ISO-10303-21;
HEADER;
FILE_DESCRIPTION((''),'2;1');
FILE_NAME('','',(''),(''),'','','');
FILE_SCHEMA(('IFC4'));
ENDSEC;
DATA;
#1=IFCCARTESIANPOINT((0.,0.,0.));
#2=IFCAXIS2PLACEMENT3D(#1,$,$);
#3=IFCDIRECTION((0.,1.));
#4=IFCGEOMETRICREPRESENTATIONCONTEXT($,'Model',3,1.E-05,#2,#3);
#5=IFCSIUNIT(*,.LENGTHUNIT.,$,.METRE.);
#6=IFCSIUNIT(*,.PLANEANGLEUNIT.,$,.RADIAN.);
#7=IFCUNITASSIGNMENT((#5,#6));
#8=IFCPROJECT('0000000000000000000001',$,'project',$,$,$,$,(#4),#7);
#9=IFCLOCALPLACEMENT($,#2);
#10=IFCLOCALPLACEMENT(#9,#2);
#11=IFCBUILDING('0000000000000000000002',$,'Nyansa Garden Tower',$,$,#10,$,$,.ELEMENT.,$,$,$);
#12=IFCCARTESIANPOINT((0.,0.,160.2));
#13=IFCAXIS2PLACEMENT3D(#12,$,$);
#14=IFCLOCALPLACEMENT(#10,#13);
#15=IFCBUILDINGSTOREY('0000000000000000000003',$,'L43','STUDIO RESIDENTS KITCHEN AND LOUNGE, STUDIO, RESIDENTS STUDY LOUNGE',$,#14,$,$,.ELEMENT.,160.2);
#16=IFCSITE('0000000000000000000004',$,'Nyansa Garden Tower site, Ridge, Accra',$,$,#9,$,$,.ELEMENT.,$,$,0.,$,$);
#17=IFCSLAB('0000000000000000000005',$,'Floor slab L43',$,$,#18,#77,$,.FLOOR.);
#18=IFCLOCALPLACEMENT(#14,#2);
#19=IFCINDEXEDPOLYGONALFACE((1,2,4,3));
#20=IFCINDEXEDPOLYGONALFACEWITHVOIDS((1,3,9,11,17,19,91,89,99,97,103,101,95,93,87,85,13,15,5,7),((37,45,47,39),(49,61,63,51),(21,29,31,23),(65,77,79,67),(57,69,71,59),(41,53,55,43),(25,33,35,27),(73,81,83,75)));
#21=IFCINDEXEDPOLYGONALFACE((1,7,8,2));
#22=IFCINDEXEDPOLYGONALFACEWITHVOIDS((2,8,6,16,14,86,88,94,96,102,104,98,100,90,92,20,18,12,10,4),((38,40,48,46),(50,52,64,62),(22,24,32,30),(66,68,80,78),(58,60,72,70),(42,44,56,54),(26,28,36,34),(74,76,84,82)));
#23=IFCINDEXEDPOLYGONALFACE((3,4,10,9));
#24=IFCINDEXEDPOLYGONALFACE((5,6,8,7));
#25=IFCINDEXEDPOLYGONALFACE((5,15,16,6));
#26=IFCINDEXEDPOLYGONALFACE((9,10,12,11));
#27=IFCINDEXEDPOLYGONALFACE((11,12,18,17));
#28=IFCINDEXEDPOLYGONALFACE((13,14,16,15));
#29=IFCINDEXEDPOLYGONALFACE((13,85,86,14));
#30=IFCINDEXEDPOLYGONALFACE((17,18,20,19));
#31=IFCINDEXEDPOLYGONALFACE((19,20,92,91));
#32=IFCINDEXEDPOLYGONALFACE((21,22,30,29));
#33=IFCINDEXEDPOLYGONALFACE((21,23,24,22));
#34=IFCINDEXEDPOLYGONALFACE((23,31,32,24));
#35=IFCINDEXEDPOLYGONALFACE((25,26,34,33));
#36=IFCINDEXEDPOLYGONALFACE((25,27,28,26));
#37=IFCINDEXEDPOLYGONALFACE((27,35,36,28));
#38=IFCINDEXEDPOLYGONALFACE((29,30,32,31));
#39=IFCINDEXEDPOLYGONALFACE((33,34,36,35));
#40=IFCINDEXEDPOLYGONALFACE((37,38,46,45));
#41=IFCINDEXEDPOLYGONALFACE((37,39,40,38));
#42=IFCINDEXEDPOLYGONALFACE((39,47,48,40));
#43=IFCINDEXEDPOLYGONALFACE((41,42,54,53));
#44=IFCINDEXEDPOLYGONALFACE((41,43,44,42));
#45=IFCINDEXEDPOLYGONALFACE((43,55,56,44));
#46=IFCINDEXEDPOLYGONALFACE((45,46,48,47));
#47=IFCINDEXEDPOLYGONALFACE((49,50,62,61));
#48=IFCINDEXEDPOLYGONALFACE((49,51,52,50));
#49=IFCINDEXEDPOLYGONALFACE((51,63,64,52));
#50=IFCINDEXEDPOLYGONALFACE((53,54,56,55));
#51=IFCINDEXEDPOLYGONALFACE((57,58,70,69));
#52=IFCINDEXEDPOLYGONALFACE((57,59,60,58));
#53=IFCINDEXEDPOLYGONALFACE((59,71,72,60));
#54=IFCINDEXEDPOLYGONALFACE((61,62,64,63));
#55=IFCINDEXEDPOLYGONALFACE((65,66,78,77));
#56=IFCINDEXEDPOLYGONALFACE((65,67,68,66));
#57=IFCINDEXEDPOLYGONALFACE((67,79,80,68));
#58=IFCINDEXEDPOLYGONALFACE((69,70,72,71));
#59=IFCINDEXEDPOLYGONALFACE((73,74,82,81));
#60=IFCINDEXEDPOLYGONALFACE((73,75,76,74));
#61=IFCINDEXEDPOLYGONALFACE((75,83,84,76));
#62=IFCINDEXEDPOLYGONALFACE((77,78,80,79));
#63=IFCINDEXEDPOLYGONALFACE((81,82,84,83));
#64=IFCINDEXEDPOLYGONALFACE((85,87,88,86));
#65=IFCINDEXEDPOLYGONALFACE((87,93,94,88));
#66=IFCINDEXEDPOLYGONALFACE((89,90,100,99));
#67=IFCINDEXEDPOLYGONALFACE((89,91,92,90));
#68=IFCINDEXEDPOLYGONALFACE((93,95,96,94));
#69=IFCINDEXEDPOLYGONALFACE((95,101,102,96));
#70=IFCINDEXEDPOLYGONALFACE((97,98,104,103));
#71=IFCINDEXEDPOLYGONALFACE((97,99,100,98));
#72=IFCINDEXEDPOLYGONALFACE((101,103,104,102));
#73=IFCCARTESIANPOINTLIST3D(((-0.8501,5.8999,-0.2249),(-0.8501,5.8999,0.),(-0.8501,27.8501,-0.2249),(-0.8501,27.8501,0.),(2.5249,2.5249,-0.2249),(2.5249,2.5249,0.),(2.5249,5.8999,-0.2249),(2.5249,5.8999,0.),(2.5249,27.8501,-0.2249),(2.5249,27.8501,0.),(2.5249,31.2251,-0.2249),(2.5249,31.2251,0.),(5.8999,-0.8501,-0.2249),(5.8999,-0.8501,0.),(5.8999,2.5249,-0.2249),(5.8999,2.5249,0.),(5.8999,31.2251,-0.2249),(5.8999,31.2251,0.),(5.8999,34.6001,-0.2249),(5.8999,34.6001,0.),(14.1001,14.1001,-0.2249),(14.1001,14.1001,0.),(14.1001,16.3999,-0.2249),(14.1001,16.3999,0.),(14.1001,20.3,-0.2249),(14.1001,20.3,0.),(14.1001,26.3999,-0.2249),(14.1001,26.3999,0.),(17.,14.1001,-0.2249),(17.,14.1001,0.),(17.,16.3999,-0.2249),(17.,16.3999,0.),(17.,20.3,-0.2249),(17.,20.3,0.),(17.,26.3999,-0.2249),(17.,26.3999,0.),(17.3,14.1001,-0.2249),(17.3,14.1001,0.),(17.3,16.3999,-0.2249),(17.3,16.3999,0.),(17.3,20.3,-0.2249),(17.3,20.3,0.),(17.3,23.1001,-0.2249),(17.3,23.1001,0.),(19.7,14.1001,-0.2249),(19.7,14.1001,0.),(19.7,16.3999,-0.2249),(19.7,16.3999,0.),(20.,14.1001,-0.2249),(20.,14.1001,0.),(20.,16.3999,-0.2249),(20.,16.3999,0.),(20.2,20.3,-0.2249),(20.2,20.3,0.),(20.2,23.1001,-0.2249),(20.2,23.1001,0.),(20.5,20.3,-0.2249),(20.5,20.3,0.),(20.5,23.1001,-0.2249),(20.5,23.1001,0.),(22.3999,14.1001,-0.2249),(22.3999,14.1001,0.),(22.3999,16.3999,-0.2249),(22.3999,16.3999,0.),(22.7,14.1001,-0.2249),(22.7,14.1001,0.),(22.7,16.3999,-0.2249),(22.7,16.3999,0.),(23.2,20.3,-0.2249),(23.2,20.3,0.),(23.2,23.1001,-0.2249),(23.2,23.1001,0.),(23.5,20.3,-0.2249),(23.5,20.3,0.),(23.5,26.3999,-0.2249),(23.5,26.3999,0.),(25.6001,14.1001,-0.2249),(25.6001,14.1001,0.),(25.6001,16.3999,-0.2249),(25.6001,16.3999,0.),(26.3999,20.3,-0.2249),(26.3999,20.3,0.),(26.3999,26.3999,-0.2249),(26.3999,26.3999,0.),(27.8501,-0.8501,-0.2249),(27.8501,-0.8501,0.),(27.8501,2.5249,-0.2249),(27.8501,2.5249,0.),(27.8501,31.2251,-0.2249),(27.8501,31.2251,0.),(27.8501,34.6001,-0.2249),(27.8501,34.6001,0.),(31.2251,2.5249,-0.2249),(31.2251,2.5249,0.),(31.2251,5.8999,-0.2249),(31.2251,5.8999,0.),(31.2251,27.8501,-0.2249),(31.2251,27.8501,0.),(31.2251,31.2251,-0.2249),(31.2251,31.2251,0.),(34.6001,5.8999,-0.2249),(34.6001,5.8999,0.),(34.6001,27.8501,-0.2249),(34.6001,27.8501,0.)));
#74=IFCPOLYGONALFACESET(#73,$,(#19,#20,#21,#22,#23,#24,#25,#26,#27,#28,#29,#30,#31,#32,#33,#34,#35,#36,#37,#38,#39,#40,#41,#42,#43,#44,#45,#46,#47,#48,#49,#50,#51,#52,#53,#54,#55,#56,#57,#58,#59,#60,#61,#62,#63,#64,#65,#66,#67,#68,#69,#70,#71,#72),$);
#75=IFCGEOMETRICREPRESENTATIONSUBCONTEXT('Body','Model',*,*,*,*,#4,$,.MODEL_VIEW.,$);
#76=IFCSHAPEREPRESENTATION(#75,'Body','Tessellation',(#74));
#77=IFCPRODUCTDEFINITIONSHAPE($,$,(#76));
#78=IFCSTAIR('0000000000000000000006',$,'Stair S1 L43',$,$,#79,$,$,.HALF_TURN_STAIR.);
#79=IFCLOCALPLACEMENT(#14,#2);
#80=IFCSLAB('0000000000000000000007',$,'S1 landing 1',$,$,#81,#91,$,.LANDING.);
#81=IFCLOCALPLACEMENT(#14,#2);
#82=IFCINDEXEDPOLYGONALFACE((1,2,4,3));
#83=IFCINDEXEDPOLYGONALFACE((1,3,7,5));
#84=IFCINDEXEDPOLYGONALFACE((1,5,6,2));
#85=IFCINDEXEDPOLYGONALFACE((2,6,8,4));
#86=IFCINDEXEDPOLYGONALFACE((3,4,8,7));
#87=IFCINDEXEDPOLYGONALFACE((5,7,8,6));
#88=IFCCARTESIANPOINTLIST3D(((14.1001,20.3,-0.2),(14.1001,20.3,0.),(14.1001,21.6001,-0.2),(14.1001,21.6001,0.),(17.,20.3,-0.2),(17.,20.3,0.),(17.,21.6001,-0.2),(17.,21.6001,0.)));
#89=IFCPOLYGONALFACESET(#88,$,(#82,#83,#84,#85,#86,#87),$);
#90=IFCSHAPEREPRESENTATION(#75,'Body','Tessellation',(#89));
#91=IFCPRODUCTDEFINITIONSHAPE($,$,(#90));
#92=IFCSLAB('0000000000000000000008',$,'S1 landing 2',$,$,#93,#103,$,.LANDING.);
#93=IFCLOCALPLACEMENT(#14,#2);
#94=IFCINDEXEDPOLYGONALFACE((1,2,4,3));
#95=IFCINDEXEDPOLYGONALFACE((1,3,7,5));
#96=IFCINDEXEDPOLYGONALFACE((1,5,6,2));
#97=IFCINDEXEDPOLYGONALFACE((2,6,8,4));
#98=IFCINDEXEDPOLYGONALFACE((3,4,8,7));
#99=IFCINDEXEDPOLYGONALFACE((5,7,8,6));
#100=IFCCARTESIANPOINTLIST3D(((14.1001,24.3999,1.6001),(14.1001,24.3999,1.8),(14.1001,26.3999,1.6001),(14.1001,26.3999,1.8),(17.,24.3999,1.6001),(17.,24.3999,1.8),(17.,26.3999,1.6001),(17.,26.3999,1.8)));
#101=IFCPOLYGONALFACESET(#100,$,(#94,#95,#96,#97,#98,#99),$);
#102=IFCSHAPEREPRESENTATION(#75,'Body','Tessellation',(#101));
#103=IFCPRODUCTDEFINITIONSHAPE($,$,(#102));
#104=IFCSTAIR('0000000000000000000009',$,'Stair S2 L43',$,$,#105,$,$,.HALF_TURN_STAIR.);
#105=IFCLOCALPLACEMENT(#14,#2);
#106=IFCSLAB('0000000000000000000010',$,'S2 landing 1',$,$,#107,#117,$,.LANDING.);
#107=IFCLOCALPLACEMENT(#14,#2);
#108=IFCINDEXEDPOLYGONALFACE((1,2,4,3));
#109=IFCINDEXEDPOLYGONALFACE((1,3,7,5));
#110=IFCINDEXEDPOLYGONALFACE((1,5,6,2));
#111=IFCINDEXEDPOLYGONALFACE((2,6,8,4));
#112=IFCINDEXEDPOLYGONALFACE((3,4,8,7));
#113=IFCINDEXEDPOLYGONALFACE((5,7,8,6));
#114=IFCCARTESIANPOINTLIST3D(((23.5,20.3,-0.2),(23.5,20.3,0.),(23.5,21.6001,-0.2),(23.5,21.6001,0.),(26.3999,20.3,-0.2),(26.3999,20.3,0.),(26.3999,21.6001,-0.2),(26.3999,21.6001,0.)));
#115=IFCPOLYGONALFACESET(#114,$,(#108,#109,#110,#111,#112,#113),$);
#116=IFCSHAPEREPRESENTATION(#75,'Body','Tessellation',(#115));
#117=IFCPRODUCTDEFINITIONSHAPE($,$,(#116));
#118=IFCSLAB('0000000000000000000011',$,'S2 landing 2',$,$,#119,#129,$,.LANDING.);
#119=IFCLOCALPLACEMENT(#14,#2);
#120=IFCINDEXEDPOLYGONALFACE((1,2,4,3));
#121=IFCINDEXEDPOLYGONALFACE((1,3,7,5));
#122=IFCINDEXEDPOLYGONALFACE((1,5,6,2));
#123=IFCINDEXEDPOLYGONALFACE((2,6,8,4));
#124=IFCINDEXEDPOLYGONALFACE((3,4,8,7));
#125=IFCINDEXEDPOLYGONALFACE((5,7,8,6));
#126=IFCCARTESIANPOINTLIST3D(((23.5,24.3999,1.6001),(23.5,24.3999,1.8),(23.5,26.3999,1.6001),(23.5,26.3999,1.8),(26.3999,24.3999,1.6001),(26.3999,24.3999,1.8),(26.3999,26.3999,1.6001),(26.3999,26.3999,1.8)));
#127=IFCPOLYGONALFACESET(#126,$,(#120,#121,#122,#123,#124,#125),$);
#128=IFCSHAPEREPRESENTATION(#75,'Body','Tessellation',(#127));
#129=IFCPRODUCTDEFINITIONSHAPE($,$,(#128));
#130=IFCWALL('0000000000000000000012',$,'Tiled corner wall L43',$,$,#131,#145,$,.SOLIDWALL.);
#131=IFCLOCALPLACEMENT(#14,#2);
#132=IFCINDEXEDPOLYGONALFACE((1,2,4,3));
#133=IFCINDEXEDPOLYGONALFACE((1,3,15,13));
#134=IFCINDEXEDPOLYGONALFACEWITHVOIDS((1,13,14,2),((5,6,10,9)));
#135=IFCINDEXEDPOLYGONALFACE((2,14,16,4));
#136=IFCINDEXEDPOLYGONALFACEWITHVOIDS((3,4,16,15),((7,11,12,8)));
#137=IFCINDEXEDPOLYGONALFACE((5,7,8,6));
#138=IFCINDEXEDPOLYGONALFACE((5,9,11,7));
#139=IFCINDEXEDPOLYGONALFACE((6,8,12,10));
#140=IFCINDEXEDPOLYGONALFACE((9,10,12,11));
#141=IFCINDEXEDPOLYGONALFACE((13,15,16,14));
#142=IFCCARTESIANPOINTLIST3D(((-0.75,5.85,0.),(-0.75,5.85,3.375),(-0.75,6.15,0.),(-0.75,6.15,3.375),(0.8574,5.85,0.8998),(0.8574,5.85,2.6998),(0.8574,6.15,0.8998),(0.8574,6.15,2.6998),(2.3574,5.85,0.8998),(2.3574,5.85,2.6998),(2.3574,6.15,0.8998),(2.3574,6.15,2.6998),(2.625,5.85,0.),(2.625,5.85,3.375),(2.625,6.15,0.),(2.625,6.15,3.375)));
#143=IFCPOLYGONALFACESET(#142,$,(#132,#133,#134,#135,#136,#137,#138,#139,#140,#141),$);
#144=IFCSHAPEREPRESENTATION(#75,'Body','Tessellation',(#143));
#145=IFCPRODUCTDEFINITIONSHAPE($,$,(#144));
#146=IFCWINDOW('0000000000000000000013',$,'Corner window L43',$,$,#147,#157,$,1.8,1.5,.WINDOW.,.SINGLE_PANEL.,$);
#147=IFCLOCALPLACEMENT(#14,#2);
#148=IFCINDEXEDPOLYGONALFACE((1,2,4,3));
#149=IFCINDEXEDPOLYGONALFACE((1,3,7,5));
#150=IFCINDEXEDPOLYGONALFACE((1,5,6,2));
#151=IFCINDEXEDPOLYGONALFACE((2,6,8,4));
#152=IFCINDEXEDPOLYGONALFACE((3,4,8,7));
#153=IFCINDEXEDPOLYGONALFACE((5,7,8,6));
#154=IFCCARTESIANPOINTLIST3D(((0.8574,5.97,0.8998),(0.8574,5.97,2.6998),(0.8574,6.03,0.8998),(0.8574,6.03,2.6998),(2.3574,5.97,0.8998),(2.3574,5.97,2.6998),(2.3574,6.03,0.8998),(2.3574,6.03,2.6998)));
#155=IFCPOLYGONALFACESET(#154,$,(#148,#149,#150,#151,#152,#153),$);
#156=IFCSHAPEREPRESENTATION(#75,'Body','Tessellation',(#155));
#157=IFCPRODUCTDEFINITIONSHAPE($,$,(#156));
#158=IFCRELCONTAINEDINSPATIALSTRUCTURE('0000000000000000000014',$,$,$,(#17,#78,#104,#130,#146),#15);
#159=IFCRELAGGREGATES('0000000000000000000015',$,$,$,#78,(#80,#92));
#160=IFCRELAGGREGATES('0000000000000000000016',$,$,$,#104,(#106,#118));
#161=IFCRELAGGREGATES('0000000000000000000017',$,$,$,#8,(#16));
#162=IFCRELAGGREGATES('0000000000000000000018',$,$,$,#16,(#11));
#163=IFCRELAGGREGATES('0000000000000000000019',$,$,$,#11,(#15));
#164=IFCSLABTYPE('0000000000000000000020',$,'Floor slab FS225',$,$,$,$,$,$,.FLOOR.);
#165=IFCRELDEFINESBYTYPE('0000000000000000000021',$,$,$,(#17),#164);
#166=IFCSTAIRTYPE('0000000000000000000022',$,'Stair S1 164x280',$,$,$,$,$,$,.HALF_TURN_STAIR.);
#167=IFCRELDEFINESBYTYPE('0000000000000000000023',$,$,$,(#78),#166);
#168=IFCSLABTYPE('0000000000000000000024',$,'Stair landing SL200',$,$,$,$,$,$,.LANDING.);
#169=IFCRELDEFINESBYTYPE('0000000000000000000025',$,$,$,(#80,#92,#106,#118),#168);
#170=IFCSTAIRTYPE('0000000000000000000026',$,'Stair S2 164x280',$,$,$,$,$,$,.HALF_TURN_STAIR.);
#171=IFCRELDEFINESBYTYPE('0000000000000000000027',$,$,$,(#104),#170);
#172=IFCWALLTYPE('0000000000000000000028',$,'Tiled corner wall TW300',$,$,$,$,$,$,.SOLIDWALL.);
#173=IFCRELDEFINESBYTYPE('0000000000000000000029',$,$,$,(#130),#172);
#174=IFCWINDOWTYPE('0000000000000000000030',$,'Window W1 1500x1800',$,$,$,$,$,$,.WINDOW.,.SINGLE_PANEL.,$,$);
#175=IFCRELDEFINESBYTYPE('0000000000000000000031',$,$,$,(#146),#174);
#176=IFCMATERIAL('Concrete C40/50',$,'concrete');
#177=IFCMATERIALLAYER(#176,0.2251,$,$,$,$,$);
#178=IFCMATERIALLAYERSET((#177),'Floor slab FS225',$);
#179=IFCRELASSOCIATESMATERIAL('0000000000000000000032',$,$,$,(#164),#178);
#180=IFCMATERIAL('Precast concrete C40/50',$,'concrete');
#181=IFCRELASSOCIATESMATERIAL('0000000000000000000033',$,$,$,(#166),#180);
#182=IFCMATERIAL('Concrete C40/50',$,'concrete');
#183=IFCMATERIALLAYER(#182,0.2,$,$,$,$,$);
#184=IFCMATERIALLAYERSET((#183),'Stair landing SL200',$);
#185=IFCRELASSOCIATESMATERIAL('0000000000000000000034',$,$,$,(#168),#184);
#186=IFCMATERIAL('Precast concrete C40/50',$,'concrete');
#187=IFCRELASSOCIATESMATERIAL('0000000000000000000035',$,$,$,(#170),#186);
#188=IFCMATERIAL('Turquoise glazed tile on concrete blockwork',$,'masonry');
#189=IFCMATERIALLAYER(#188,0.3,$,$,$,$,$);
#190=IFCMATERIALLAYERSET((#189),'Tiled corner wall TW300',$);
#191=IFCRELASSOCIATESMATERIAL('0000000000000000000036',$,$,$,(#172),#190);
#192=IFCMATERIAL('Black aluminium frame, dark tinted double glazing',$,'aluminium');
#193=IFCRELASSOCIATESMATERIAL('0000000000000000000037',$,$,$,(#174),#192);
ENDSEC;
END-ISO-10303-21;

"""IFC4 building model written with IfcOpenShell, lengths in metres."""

from ifc_helpers import new_model, si_unit, direction, frame, frame_2d, origin, place, context, subcontext, project, spatial, polyline, rectangle, outline, extrude, material, layer, layer_set, type_object, element, fill, aggregate, save


model = new_model("IFC4")

# Units and contexts
model_context = context("Model", 3, precision=1e-05, world=origin(), true_north=direction((0.0, 1.0)))
body_context = subcontext(model_context, "Body", "Model", "MODEL_VIEW")
ifc_project = project(units=[si_unit("LENGTHUNIT", "METRE"), si_unit("PLANEANGLEUNIT", "RADIAN")], contexts=[model_context])

# Site, building, storey
site_placement = place(None, origin())
site = spatial("IfcSite", under=ifc_project, at=site_placement, Name="Nyansa Garden Tower site, Ridge, Accra", CompositionType="ELEMENT", RefElevation=0.0)
building_placement = place(site_placement, origin())
building = spatial("IfcBuilding", under=site, at=building_placement, Name="Nyansa Garden Tower", CompositionType="ELEMENT")
storey_placement = place(building_placement, frame((0.0, 0.0, 160.2)))
storey = spatial("IfcBuildingStorey", under=building, at=storey_placement, Name="L43", Description="STUDIO RESIDENTS KITCHEN AND LOUNGE, STUDIO, RESIDENTS STUDY LOUNGE", CompositionType="ELEMENT", Elevation=160.2)

# Slab
ifc_material_1 = material(Name="Concrete C40/50", Category="concrete")
ifc_layer_1 = layer(ifc_material_1, 0.2251)
ifc_layer_set_1 = layer_set([ifc_layer_1], Name="Floor slab FS225")
slab_type_1 = type_object("IfcSlabType", Name="Floor slab FS225", PredefinedType="FLOOR", material=ifc_layer_set_1)
slab_1_placement = place(storey_placement, frame((0.0, 0.0, -0.2249)))
element("IfcSlab", 1, at=slab_1_placement, inside=storey, type_object=slab_type_1, Name="Floor slab L43", PredefinedType="FLOOR", context=body_context, shape_type="SweptSolid", body=[
    extrude(outline(polyline([(34.6001, 5.8999), (31.2251, 5.8999), (31.2251, 2.5249), (27.8501, 2.5249), (27.8501, -0.8501), (5.8999, -0.8501), (5.8999, 2.5249), (2.5249, 2.5249), (2.5249, 5.8999), (-0.8501, 5.8999), (-0.8501, 27.8501), (2.5249, 27.8501), (2.5249, 31.2251), (5.8999, 31.2251), (5.8999, 34.6001), (27.8501, 34.6001), (27.8501, 31.2251), (31.2251, 31.2251), (31.2251, 27.8501), (34.6001, 27.8501), (34.6001, 5.8999)]), holes=[polyline([(14.1001, 14.1001), (17.0, 14.1001), (17.0, 16.3999), (14.1001, 16.3999), (14.1001, 14.1001)]), polyline([(17.3, 14.1001), (19.7, 14.1001), (19.7, 16.3999), (17.3, 16.3999), (17.3, 14.1001)]), polyline([(20.0, 14.1001), (22.3999, 14.1001), (22.3999, 16.3999), (20.0, 16.3999), (20.0, 14.1001)]), polyline([(22.7, 14.1001), (25.6001, 14.1001), (25.6001, 16.3999), (22.7, 16.3999), (22.7, 14.1001)]), polyline([(17.3, 20.3), (20.2, 20.3), (20.2, 23.1001), (17.3, 23.1001), (17.3, 20.3)]), polyline([(20.5, 20.3), (23.2, 20.3), (23.2, 23.1001), (20.5, 23.1001), (20.5, 20.3)]), polyline([(14.1001, 20.3), (17.0, 20.3), (17.0, 26.3999), (14.1001, 26.3999), (14.1001, 20.3)]), polyline([(23.5, 20.3), (26.3999, 20.3), (26.3999, 26.3999), (23.5, 26.3999), (23.5, 20.3)])]), origin(), (0.0, 0.0, 1.0), 0.2249),
])

# Stairs, slabs
ifc_material_2 = material(Name="Precast concrete C40/50", Category="concrete")
stair_type_1 = type_object("IfcStairType", Name="Stair S1 164x280", PredefinedType="HALF_TURN_STAIR", material=ifc_material_2)
stair_1_placement = place(storey_placement, origin())
stair_1 = element("IfcStair", 2, at=stair_1_placement, inside=storey, type_object=stair_type_1, Name="Stair S1 L43", PredefinedType="HALF_TURN_STAIR")
ifc_material_3 = material(Name="Concrete C40/50", Category="concrete")
ifc_layer_2 = layer(ifc_material_3, 0.2)
ifc_layer_set_2 = layer_set([ifc_layer_2], Name="Stair landing SL200")
slab_type_2 = type_object("IfcSlabType", Name="Stair landing SL200", PredefinedType="LANDING", material=ifc_layer_set_2)
slab_2_placement = place(storey_placement, frame((0.0, 0.0, -0.2)))
slab_2 = element("IfcSlab", 3, at=slab_2_placement, type_object=slab_type_2, Name="S1 landing 1", PredefinedType="LANDING", context=body_context, shape_type="SweptSolid", body=[
    extrude(outline(polyline([(14.1001, 20.3), (17.0, 20.3), (17.0, 21.6001), (14.1001, 21.6001), (14.1001, 20.3)])), origin(), (0.0, 0.0, 1.0), 0.2),
])
slab_3_placement = place(storey_placement, frame((0.0, 0.0, 1.6001)))
slab_3 = element("IfcSlab", 4, at=slab_3_placement, type_object=slab_type_2, Name="S1 landing 2", PredefinedType="LANDING", context=body_context, shape_type="SweptSolid", body=[
    extrude(outline(polyline([(14.1001, 24.3999), (17.0, 24.3999), (17.0, 26.3999), (14.1001, 26.3999), (14.1001, 24.3999)])), origin(), (0.0, 0.0, 1.0), 0.2),
])
aggregate(stair_1, [slab_2, slab_3])
ifc_material_4 = material(Name="Precast concrete C40/50", Category="concrete")
stair_type_2 = type_object("IfcStairType", Name="Stair S2 164x280", PredefinedType="HALF_TURN_STAIR", material=ifc_material_4)
stair_2_placement = place(storey_placement, origin())
stair_2 = element("IfcStair", 5, at=stair_2_placement, inside=storey, type_object=stair_type_2, Name="Stair S2 L43", PredefinedType="HALF_TURN_STAIR")
slab_4_placement = place(storey_placement, frame((0.0, 0.0, -0.2)))
slab_4 = element("IfcSlab", 6, at=slab_4_placement, type_object=slab_type_2, Name="S2 landing 1", PredefinedType="LANDING", context=body_context, shape_type="SweptSolid", body=[
    extrude(outline(polyline([(23.5, 20.3), (26.3999, 20.3), (26.3999, 21.6001), (23.5, 21.6001), (23.5, 20.3)])), origin(), (0.0, 0.0, 1.0), 0.2),
])
slab_5_placement = place(storey_placement, frame((0.0, 0.0, 1.6001)))
slab_5 = element("IfcSlab", 7, at=slab_5_placement, type_object=slab_type_2, Name="S2 landing 2", PredefinedType="LANDING", context=body_context, shape_type="SweptSolid", body=[
    extrude(outline(polyline([(23.5, 24.3999), (26.3999, 24.3999), (26.3999, 26.3999), (23.5, 26.3999), (23.5, 24.3999)])), origin(), (0.0, 0.0, 1.0), 0.2),
])
aggregate(stair_2, [slab_4, slab_5])

# Wall, opening, window
ifc_material_5 = material(Name="Turquoise glazed tile on concrete blockwork", Category="masonry")
ifc_layer_3 = layer(ifc_material_5, 0.3)
ifc_layer_set_3 = layer_set([ifc_layer_3], Name="Tiled corner wall TW300")
wall_type = type_object("IfcWallType", Name="Tiled corner wall TW300", PredefinedType="SOLIDWALL", material=ifc_layer_set_3)
wall_1_placement = place(storey_placement, frame((-0.75, 6.0, 0.0), z_axis=(0.0, 0.0, 1.0), x_axis=(1.0, 0.0, 0.0)))
wall_1 = element("IfcWall", 8, at=wall_1_placement, inside=storey, type_object=wall_type, Name="Tiled corner wall L43", PredefinedType="SOLIDWALL", context=body_context, shape_type="SweptSolid", body=[
    extrude(rectangle(XDim=3.375, YDim=0.3, at=frame_2d((1.6875, 0.0))), origin(), (0.0, 0.0, 1.0), 3.375),
])
opening_1_placement = place(wall_1_placement, frame((1.6074, 0.0, 0.8999)))
opening_1 = element("IfcOpeningElement", 9, at=opening_1_placement, cuts=wall_1, PredefinedType="OPENING", context=body_context, shape_type="SweptSolid", body=[
    extrude(rectangle(XDim=1.5, YDim=1.8, at=frame_2d((0.75, 0.8999))), frame((0.0, 0.1599, 0.0), z_axis=(0.0, -1.0, 0.0), x_axis=(1.0, 0.0, 0.0)), (0.0, 0.0, 1.0), 0.3201),
])
ifc_material_6 = material(Name="Black aluminium frame, dark tinted double glazing", Category="aluminium")
window_type_1 = type_object("IfcWindowType", Name="Window W1 1500x1800", PartitioningType="SINGLE_PANEL", PredefinedType="WINDOW", material=ifc_material_6)
window_1_placement = place(opening_1_placement, origin())
window_1 = element("IfcWindow", 10, at=window_1_placement, inside=storey, type_object=window_type_1, Name="Corner window L43", OverallHeight=1.8, OverallWidth=1.5, PartitioningType="SINGLE_PANEL", PredefinedType="WINDOW", context=body_context, shape_type="SweptSolid", body=[
    extrude(rectangle(XDim=1.5, YDim=1.8, at=frame_2d((0.75, 0.8999))), frame((0.0, 0.03, 0.0), z_axis=(0.0, -1.0, 0.0), x_axis=(1.0, 0.0, 0.0)), (0.0, 0.0, 1.0), 0.0601),
])
fill(opening_1, window_1)

save(model, "model.ifc")
